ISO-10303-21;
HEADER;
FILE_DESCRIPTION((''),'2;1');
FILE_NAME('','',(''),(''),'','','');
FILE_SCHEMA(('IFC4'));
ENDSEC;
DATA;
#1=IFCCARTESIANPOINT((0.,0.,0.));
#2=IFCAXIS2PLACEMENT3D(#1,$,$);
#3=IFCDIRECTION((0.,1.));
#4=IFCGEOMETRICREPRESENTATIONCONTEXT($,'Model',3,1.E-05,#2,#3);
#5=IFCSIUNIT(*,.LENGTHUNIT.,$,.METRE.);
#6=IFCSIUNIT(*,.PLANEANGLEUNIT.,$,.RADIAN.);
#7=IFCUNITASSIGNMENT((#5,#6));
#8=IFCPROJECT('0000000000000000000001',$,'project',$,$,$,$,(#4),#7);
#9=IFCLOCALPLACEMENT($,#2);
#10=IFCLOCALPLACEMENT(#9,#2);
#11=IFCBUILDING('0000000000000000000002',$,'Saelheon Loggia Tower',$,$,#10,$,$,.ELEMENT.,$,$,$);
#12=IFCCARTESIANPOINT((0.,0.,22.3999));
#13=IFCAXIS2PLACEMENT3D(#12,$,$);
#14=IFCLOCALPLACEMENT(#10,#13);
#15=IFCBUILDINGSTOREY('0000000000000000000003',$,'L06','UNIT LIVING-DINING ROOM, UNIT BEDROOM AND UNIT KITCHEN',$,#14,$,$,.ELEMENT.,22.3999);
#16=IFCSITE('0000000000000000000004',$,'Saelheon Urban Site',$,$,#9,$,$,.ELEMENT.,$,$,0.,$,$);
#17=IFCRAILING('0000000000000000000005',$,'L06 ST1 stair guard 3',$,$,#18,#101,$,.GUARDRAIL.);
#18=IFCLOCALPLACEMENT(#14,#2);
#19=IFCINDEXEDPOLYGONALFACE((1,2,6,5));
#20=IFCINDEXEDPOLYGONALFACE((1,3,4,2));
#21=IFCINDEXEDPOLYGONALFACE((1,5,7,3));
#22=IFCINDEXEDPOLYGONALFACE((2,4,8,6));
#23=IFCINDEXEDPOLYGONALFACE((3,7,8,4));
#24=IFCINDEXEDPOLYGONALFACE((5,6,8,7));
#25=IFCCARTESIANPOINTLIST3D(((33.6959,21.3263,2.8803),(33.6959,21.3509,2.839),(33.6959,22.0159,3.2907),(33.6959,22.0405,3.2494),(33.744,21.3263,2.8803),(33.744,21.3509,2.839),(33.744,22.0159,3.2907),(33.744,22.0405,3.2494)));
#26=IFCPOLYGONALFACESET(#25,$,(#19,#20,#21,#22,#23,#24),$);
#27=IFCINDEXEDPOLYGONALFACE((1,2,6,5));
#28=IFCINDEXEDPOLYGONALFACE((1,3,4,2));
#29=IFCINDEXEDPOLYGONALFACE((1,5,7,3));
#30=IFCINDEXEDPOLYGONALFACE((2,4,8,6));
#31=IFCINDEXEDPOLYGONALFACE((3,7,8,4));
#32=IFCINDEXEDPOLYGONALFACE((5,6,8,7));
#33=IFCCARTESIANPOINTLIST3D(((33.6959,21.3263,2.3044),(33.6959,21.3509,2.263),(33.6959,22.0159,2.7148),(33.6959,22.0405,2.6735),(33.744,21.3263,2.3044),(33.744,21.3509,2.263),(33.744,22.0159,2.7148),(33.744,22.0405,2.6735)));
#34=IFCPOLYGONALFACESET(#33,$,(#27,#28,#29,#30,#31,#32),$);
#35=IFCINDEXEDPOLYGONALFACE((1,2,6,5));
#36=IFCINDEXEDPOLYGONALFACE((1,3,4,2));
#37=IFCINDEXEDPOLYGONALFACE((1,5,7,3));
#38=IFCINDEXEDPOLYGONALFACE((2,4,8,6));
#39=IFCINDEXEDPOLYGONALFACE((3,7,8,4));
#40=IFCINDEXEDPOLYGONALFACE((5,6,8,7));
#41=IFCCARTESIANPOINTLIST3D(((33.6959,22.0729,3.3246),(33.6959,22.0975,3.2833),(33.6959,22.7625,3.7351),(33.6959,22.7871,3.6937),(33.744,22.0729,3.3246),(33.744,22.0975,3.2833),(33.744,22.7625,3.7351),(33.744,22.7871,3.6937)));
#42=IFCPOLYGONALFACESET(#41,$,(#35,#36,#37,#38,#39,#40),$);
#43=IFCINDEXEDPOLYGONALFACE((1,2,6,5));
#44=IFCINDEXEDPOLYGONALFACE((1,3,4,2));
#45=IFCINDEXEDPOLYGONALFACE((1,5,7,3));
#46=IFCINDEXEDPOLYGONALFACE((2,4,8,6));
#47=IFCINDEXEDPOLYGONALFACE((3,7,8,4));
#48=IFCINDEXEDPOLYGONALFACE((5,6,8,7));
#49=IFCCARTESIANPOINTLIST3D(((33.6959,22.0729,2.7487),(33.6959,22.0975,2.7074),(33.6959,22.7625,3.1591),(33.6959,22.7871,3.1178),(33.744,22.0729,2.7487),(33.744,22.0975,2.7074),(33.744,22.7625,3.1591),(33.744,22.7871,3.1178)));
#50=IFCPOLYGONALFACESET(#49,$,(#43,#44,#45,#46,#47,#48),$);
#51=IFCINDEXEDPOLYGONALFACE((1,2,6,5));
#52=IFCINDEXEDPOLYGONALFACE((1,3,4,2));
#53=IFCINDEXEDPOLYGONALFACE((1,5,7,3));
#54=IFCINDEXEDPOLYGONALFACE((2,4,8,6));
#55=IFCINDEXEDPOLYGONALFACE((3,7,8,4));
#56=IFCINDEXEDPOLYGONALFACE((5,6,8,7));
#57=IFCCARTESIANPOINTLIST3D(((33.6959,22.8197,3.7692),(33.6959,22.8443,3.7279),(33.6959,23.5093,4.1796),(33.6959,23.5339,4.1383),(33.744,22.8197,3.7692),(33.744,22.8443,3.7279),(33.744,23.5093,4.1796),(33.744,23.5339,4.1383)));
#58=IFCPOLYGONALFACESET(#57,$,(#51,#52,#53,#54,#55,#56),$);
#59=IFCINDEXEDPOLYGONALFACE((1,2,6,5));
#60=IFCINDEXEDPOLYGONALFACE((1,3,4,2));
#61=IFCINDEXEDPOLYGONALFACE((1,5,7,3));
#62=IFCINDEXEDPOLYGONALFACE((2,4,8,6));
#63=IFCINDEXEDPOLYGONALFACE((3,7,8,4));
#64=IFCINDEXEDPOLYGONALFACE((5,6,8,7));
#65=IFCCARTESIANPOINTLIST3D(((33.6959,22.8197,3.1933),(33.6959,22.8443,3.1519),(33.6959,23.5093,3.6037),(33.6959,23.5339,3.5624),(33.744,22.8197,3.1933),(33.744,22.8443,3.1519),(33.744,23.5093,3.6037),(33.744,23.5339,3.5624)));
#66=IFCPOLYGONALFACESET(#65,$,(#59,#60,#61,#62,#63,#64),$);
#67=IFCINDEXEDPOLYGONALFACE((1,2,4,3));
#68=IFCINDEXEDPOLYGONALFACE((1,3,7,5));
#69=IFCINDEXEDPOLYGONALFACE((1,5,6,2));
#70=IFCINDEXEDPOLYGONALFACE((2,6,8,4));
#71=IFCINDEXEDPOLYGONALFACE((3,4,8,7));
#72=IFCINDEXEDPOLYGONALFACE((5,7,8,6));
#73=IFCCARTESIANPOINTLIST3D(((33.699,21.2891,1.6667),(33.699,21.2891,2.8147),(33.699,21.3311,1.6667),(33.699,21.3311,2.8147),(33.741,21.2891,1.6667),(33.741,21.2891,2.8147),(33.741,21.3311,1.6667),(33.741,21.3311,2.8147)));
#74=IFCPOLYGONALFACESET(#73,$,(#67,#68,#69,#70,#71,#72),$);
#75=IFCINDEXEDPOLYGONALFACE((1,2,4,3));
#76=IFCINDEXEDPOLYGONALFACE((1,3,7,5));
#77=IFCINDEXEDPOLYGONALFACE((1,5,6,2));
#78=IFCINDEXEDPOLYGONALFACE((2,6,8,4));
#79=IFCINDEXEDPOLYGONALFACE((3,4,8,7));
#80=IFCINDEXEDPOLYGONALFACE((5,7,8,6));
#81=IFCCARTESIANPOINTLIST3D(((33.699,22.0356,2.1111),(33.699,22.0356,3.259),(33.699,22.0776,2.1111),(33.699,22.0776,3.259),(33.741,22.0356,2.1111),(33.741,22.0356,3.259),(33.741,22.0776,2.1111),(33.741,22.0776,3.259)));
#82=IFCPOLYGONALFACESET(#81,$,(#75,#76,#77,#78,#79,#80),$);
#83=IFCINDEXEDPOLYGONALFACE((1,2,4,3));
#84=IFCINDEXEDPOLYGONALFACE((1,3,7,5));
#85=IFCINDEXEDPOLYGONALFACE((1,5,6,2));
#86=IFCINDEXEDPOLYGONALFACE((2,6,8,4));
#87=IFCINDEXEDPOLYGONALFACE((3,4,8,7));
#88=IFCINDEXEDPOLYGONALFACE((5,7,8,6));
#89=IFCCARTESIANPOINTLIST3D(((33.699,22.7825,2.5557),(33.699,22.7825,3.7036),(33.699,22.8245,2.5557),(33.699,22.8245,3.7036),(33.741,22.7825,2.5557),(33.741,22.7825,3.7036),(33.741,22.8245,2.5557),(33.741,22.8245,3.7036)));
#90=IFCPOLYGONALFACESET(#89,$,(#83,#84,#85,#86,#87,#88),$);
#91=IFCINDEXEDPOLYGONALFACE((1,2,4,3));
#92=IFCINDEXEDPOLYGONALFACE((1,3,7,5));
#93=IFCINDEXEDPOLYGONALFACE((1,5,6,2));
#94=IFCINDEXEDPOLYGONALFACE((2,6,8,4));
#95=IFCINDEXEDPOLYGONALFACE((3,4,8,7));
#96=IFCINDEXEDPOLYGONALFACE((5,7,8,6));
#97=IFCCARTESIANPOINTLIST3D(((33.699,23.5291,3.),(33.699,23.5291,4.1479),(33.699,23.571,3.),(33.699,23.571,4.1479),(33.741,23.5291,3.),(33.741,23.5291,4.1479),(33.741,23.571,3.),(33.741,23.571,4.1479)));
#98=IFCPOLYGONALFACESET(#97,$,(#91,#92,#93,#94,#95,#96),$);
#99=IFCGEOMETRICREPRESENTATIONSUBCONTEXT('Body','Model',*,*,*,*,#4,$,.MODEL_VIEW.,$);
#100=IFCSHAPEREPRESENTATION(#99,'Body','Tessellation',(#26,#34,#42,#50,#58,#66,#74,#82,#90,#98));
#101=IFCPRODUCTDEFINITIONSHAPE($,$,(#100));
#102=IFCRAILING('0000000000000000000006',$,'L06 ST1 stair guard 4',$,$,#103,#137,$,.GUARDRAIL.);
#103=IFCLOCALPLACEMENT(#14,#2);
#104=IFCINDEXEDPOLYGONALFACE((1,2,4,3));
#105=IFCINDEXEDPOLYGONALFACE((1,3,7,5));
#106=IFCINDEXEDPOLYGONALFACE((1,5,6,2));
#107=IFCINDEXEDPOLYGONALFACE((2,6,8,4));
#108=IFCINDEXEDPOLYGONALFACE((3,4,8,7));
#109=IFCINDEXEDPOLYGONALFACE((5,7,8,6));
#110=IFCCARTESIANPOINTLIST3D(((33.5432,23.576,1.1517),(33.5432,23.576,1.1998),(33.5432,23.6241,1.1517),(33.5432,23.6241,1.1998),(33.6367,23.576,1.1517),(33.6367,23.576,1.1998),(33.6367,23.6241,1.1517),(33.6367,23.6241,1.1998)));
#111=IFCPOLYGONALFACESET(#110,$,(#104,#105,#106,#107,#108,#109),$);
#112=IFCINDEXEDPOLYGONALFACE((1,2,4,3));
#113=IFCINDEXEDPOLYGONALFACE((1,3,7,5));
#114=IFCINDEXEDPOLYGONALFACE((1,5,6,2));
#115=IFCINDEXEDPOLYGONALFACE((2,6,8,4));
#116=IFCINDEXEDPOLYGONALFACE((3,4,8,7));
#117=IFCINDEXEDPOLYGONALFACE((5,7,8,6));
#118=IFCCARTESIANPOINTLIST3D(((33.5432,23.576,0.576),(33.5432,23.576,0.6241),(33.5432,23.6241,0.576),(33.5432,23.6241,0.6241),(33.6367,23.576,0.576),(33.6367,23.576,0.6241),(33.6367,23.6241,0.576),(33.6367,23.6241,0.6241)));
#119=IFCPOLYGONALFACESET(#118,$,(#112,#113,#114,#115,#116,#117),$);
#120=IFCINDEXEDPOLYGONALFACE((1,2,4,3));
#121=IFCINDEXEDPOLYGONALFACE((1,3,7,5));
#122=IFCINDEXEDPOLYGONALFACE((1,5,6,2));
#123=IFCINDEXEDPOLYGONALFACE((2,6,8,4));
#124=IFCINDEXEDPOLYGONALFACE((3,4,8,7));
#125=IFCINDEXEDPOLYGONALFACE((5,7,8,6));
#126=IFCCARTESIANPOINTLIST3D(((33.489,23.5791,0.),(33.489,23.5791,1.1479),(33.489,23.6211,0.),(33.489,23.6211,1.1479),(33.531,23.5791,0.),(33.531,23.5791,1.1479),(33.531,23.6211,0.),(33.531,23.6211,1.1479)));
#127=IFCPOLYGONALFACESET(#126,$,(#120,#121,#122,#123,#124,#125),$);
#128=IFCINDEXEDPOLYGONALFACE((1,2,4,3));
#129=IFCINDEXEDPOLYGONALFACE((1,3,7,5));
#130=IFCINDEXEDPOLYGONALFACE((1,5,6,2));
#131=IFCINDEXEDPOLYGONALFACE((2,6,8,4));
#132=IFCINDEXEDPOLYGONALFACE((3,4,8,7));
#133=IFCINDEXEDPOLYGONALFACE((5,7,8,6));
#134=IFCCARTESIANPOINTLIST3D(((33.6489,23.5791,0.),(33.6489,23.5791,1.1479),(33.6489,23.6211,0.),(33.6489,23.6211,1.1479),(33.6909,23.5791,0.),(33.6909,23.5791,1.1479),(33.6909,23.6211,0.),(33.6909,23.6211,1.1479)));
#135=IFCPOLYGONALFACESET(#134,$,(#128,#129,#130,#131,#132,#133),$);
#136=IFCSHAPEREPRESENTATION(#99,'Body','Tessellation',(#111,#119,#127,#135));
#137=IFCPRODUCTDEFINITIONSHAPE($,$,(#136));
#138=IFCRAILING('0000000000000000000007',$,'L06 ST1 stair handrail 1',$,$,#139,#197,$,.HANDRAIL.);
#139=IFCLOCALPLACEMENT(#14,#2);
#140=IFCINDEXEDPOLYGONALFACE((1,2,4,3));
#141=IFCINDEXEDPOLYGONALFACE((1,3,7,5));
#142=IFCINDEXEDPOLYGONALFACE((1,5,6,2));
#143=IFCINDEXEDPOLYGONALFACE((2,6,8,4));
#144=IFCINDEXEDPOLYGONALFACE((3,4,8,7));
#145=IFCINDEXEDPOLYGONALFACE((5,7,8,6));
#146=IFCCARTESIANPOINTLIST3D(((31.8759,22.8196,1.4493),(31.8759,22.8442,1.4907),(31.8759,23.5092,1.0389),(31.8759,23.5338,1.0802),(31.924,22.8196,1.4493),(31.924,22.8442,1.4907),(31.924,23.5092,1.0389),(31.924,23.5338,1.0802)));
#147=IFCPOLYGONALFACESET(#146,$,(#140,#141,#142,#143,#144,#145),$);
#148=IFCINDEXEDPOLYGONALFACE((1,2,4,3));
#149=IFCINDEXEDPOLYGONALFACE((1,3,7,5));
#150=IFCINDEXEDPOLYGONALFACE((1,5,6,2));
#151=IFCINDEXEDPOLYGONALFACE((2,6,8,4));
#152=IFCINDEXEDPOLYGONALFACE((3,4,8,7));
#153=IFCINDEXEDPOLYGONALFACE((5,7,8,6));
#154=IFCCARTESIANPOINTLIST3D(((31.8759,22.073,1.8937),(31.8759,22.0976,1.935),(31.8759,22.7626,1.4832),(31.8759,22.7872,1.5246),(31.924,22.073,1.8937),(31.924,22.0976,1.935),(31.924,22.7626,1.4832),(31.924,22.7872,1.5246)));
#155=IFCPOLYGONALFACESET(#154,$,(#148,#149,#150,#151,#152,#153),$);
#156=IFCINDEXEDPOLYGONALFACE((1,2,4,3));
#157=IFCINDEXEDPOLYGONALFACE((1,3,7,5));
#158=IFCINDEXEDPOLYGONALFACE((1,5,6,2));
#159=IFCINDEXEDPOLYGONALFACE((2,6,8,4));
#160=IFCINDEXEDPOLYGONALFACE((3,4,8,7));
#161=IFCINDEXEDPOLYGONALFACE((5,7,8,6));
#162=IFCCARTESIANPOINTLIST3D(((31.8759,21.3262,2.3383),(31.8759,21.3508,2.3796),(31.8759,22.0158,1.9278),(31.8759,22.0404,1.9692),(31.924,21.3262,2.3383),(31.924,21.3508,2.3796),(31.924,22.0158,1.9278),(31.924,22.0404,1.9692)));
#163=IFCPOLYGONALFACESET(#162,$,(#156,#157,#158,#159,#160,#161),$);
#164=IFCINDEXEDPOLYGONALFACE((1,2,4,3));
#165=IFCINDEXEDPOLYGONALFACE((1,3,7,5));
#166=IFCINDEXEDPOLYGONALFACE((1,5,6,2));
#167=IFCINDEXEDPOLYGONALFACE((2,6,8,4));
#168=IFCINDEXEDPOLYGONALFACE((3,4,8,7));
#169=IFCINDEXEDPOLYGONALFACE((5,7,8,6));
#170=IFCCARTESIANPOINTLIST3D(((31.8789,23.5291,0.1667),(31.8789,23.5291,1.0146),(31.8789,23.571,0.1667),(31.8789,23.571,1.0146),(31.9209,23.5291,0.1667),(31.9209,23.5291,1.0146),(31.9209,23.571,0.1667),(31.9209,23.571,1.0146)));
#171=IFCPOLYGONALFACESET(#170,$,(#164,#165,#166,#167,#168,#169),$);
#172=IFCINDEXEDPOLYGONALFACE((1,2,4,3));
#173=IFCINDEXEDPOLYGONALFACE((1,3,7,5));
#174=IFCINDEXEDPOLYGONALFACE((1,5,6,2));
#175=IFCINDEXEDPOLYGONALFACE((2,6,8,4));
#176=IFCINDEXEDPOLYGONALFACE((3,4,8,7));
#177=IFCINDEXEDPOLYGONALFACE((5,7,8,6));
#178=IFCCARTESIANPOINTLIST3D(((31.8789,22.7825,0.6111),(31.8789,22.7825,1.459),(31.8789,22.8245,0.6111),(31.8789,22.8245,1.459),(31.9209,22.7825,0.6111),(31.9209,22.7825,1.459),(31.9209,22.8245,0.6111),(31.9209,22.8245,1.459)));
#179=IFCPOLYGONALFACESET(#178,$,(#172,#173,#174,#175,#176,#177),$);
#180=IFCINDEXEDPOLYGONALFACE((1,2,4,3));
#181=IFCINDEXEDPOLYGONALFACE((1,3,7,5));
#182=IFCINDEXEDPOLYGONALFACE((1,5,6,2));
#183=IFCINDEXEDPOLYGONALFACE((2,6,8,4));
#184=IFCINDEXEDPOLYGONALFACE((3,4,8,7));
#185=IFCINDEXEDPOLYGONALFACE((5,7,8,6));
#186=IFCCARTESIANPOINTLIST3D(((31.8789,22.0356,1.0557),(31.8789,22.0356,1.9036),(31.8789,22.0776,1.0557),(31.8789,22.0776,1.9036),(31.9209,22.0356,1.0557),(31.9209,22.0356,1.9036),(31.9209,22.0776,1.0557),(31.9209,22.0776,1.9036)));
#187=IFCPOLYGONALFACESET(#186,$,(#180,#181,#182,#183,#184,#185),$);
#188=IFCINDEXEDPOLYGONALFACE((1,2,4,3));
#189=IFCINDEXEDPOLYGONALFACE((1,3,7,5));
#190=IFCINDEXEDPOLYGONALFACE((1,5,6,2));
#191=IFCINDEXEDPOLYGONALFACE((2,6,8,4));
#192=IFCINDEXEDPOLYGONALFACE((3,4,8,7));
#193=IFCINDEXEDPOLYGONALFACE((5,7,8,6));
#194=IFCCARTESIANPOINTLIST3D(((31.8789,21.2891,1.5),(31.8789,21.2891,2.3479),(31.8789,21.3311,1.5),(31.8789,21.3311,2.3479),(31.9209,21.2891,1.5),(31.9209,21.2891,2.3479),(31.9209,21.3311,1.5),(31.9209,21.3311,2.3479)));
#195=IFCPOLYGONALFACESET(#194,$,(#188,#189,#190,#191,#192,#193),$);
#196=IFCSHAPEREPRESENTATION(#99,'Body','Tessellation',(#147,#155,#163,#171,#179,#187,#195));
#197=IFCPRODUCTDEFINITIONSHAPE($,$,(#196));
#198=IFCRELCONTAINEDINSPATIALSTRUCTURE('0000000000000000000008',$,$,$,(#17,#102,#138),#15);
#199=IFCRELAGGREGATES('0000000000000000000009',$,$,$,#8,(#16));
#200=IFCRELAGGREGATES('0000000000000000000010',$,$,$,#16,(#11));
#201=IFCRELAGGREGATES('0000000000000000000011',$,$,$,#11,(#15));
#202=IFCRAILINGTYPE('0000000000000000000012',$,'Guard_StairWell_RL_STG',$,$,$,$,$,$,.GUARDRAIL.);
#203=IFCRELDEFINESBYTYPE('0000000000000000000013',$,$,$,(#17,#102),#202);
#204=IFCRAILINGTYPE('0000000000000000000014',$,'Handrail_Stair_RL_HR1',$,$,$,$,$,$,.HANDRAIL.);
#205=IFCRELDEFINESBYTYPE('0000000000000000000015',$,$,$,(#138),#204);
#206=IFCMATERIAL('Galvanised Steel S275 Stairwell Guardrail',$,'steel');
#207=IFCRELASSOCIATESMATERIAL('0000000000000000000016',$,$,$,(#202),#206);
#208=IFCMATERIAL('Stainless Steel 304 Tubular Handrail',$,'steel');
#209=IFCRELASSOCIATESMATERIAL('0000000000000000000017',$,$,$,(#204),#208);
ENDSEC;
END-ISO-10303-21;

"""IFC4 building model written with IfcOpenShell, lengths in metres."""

from ifc_helpers import new_model, si_unit, direction, frame, origin, origin_2d, place, context, subcontext, project, spatial, rectangle, extrude, material, type_object, element, save


model = new_model("IFC4")

# Units and contexts
model_context = context("Model", 3, precision=1e-05, world=origin(), true_north=direction((0.0, 1.0)))
body_context = subcontext(model_context, "Body", "Model", "MODEL_VIEW")
ifc_project = project(units=[si_unit("LENGTHUNIT", "METRE"), si_unit("PLANEANGLEUNIT", "RADIAN")], contexts=[model_context])

# Site, building, storey
site_placement = place(None, origin())
site = spatial("IfcSite", under=ifc_project, at=site_placement, Name="Saelheon Urban Site", CompositionType="ELEMENT", RefElevation=0.0)
building_placement = place(site_placement, origin())
building = spatial("IfcBuilding", under=site, at=building_placement, Name="Saelheon Loggia Tower", CompositionType="ELEMENT")
storey_placement = place(building_placement, frame((0.0, 0.0, 22.3999)))
storey = spatial("IfcBuildingStorey", under=building, at=storey_placement, Name="L06", Description="UNIT LIVING-DINING ROOM, UNIT BEDROOM AND UNIT KITCHEN", CompositionType="ELEMENT", Elevation=22.3999)

# Railings
ifc_material_1 = material(Name="Galvanised Steel S275 Stairwell Guardrail", Category="steel")
railing_type_1 = type_object("IfcRailingType", Name="Guard_StairWell_RL_STG", PredefinedType="GUARDRAIL", material=ifc_material_1)
railing_1_placement = place(storey_placement, frame((33.72, 21.3101, 1.6667)))
element("IfcRailing", 1, at=railing_1_placement, inside=storey, type_object=railing_type_1, Name="L06 ST1 stair guard 3", PredefinedType="GUARDRAIL", context=body_context, shape_type="SweptSolid", body=[
    extrude(rectangle(XDim=0.0481, YDim=0.0481, at=origin_2d()), frame((0.0, 0.0286, 1.1929), z_axis=(0.0, 0.859306, 0.511462), x_axis=(-1.0, 0.0, 0.0)), (0.0, 0.0, 1.0), 0.8025),
    extrude(rectangle(XDim=0.0481, YDim=0.0481, at=origin_2d()), frame((0.0, 0.0286, 0.6169), z_axis=(0.0, 0.859306, 0.511462), x_axis=(-1.0, 0.0, 0.0)), (0.0, 0.0, 1.0), 0.8025),
    extrude(rectangle(XDim=0.0481, YDim=0.0481, at=origin_2d()), frame((0.0, 0.7751, 1.6372), z_axis=(0.0, 0.859306, 0.511462), x_axis=(-1.0, 0.0, 0.0)), (0.0, 0.0, 1.0), 0.8025),
    extrude(rectangle(XDim=0.0481, YDim=0.0481, at=origin_2d()), frame((0.0, 0.7751, 1.0613), z_axis=(0.0, 0.859306, 0.511462), x_axis=(-1.0, 0.0, 0.0)), (0.0, 0.0, 1.0), 0.8025),
    extrude(rectangle(XDim=0.0481, YDim=0.0481, at=origin_2d()), frame((0.0, 1.522, 2.0818), z_axis=(0.0, 0.859306, 0.511462), x_axis=(-1.0, 0.0, 0.0)), (0.0, 0.0, 1.0), 0.8025),
    extrude(rectangle(XDim=0.0481, YDim=0.0481, at=origin_2d()), frame((0.0, 1.522, 1.5059), z_axis=(0.0, 0.859306, 0.511462), x_axis=(-1.0, 0.0, 0.0)), (0.0, 0.0, 1.0), 0.8025),
    extrude(rectangle(XDim=0.042, YDim=0.042, at=origin_2d()), origin(), (0.0, 0.0, 1.0), 1.1479),
    extrude(rectangle(XDim=0.042, YDim=0.042, at=origin_2d()), frame((0.0, 0.7466, 0.4443)), (0.0, 0.0, 1.0), 1.1479),
    extrude(rectangle(XDim=0.042, YDim=0.042, at=origin_2d()), frame((0.0, 1.4934, 0.8889)), (0.0, 0.0, 1.0), 1.1479),
    extrude(rectangle(XDim=0.042, YDim=0.042, at=origin_2d()), frame((0.0, 2.24, 1.3333)), (0.0, 0.0, 1.0), 1.1479),
])
railing_2_placement = place(storey_placement, frame((33.51, 23.6001, 0.0)))
element("IfcRailing", 2, at=railing_2_placement, inside=storey, type_object=railing_type_1, Name="L06 ST1 stair guard 4", PredefinedType="GUARDRAIL", context=body_context, shape_type="SweptSolid", body=[
    extrude(rectangle(XDim=0.0481, YDim=0.0481, at=origin_2d()), frame((0.0332, 0.0, 1.1758), z_axis=(1.0, 0.0, 0.0), x_axis=(0.0, 1.0, 0.0)), (0.0, 0.0, 1.0), 0.0935),
    extrude(rectangle(XDim=0.0481, YDim=0.0481, at=origin_2d()), frame((0.0332, 0.0, 0.6001), z_axis=(1.0, 0.0, 0.0), x_axis=(0.0, 1.0, 0.0)), (0.0, 0.0, 1.0), 0.0935),
    extrude(rectangle(XDim=0.042, YDim=0.042, at=origin_2d()), origin(), (0.0, 0.0, 1.0), 1.1479),
    extrude(rectangle(XDim=0.042, YDim=0.042, at=origin_2d()), frame((0.1599, 0.0, 0.0)), (0.0, 0.0, 1.0), 1.1479),
])
ifc_material_2 = material(Name="Stainless Steel 304 Tubular Handrail", Category="steel")
railing_type_2 = type_object("IfcRailingType", Name="Handrail_Stair_RL_HR1", PredefinedType="HANDRAIL", material=ifc_material_2)
railing_3_placement = place(storey_placement, frame((31.8999, 23.55, 0.1667)))
element("IfcRailing", 3, at=railing_3_placement, inside=storey, type_object=railing_type_2, Name="L06 ST1 stair handrail 1", PredefinedType="HANDRAIL", context=body_context, shape_type="SweptSolid", body=[
    extrude(rectangle(XDim=0.0481, YDim=0.0481, at=origin_2d()), frame((0.0, -0.0286, 0.8928), z_axis=(0.0, -0.859306, 0.511462), x_axis=(1.0, 0.0, 0.0)), (0.0, 0.0, 1.0), 0.8025),
    extrude(rectangle(XDim=0.0481, YDim=0.0481, at=origin_2d()), frame((0.0, -0.7751, 1.3372), z_axis=(0.0, -0.859306, 0.511462), x_axis=(1.0, 0.0, 0.0)), (0.0, 0.0, 1.0), 0.8025),
    extrude(rectangle(XDim=0.0481, YDim=0.0481, at=origin_2d()), frame((0.0, -1.522, 1.7817), z_axis=(0.0, -0.859306, 0.511462), x_axis=(1.0, 0.0, 0.0)), (0.0, 0.0, 1.0), 0.8025),
    extrude(rectangle(XDim=0.042, YDim=0.042, at=origin_2d()), origin(), (0.0, 0.0, 1.0), 0.8479),
    extrude(rectangle(XDim=0.042, YDim=0.042, at=origin_2d()), frame((0.0, -0.7466, 0.4443)), (0.0, 0.0, 1.0), 0.8479),
    extrude(rectangle(XDim=0.042, YDim=0.042, at=origin_2d()), frame((0.0, -1.4934, 0.8889)), (0.0, 0.0, 1.0), 0.8479),
    extrude(rectangle(XDim=0.042, YDim=0.042, at=origin_2d()), frame((0.0, -2.24, 1.3333)), (0.0, 0.0, 1.0), 0.8479),
])

save(model, "model.ifc")
